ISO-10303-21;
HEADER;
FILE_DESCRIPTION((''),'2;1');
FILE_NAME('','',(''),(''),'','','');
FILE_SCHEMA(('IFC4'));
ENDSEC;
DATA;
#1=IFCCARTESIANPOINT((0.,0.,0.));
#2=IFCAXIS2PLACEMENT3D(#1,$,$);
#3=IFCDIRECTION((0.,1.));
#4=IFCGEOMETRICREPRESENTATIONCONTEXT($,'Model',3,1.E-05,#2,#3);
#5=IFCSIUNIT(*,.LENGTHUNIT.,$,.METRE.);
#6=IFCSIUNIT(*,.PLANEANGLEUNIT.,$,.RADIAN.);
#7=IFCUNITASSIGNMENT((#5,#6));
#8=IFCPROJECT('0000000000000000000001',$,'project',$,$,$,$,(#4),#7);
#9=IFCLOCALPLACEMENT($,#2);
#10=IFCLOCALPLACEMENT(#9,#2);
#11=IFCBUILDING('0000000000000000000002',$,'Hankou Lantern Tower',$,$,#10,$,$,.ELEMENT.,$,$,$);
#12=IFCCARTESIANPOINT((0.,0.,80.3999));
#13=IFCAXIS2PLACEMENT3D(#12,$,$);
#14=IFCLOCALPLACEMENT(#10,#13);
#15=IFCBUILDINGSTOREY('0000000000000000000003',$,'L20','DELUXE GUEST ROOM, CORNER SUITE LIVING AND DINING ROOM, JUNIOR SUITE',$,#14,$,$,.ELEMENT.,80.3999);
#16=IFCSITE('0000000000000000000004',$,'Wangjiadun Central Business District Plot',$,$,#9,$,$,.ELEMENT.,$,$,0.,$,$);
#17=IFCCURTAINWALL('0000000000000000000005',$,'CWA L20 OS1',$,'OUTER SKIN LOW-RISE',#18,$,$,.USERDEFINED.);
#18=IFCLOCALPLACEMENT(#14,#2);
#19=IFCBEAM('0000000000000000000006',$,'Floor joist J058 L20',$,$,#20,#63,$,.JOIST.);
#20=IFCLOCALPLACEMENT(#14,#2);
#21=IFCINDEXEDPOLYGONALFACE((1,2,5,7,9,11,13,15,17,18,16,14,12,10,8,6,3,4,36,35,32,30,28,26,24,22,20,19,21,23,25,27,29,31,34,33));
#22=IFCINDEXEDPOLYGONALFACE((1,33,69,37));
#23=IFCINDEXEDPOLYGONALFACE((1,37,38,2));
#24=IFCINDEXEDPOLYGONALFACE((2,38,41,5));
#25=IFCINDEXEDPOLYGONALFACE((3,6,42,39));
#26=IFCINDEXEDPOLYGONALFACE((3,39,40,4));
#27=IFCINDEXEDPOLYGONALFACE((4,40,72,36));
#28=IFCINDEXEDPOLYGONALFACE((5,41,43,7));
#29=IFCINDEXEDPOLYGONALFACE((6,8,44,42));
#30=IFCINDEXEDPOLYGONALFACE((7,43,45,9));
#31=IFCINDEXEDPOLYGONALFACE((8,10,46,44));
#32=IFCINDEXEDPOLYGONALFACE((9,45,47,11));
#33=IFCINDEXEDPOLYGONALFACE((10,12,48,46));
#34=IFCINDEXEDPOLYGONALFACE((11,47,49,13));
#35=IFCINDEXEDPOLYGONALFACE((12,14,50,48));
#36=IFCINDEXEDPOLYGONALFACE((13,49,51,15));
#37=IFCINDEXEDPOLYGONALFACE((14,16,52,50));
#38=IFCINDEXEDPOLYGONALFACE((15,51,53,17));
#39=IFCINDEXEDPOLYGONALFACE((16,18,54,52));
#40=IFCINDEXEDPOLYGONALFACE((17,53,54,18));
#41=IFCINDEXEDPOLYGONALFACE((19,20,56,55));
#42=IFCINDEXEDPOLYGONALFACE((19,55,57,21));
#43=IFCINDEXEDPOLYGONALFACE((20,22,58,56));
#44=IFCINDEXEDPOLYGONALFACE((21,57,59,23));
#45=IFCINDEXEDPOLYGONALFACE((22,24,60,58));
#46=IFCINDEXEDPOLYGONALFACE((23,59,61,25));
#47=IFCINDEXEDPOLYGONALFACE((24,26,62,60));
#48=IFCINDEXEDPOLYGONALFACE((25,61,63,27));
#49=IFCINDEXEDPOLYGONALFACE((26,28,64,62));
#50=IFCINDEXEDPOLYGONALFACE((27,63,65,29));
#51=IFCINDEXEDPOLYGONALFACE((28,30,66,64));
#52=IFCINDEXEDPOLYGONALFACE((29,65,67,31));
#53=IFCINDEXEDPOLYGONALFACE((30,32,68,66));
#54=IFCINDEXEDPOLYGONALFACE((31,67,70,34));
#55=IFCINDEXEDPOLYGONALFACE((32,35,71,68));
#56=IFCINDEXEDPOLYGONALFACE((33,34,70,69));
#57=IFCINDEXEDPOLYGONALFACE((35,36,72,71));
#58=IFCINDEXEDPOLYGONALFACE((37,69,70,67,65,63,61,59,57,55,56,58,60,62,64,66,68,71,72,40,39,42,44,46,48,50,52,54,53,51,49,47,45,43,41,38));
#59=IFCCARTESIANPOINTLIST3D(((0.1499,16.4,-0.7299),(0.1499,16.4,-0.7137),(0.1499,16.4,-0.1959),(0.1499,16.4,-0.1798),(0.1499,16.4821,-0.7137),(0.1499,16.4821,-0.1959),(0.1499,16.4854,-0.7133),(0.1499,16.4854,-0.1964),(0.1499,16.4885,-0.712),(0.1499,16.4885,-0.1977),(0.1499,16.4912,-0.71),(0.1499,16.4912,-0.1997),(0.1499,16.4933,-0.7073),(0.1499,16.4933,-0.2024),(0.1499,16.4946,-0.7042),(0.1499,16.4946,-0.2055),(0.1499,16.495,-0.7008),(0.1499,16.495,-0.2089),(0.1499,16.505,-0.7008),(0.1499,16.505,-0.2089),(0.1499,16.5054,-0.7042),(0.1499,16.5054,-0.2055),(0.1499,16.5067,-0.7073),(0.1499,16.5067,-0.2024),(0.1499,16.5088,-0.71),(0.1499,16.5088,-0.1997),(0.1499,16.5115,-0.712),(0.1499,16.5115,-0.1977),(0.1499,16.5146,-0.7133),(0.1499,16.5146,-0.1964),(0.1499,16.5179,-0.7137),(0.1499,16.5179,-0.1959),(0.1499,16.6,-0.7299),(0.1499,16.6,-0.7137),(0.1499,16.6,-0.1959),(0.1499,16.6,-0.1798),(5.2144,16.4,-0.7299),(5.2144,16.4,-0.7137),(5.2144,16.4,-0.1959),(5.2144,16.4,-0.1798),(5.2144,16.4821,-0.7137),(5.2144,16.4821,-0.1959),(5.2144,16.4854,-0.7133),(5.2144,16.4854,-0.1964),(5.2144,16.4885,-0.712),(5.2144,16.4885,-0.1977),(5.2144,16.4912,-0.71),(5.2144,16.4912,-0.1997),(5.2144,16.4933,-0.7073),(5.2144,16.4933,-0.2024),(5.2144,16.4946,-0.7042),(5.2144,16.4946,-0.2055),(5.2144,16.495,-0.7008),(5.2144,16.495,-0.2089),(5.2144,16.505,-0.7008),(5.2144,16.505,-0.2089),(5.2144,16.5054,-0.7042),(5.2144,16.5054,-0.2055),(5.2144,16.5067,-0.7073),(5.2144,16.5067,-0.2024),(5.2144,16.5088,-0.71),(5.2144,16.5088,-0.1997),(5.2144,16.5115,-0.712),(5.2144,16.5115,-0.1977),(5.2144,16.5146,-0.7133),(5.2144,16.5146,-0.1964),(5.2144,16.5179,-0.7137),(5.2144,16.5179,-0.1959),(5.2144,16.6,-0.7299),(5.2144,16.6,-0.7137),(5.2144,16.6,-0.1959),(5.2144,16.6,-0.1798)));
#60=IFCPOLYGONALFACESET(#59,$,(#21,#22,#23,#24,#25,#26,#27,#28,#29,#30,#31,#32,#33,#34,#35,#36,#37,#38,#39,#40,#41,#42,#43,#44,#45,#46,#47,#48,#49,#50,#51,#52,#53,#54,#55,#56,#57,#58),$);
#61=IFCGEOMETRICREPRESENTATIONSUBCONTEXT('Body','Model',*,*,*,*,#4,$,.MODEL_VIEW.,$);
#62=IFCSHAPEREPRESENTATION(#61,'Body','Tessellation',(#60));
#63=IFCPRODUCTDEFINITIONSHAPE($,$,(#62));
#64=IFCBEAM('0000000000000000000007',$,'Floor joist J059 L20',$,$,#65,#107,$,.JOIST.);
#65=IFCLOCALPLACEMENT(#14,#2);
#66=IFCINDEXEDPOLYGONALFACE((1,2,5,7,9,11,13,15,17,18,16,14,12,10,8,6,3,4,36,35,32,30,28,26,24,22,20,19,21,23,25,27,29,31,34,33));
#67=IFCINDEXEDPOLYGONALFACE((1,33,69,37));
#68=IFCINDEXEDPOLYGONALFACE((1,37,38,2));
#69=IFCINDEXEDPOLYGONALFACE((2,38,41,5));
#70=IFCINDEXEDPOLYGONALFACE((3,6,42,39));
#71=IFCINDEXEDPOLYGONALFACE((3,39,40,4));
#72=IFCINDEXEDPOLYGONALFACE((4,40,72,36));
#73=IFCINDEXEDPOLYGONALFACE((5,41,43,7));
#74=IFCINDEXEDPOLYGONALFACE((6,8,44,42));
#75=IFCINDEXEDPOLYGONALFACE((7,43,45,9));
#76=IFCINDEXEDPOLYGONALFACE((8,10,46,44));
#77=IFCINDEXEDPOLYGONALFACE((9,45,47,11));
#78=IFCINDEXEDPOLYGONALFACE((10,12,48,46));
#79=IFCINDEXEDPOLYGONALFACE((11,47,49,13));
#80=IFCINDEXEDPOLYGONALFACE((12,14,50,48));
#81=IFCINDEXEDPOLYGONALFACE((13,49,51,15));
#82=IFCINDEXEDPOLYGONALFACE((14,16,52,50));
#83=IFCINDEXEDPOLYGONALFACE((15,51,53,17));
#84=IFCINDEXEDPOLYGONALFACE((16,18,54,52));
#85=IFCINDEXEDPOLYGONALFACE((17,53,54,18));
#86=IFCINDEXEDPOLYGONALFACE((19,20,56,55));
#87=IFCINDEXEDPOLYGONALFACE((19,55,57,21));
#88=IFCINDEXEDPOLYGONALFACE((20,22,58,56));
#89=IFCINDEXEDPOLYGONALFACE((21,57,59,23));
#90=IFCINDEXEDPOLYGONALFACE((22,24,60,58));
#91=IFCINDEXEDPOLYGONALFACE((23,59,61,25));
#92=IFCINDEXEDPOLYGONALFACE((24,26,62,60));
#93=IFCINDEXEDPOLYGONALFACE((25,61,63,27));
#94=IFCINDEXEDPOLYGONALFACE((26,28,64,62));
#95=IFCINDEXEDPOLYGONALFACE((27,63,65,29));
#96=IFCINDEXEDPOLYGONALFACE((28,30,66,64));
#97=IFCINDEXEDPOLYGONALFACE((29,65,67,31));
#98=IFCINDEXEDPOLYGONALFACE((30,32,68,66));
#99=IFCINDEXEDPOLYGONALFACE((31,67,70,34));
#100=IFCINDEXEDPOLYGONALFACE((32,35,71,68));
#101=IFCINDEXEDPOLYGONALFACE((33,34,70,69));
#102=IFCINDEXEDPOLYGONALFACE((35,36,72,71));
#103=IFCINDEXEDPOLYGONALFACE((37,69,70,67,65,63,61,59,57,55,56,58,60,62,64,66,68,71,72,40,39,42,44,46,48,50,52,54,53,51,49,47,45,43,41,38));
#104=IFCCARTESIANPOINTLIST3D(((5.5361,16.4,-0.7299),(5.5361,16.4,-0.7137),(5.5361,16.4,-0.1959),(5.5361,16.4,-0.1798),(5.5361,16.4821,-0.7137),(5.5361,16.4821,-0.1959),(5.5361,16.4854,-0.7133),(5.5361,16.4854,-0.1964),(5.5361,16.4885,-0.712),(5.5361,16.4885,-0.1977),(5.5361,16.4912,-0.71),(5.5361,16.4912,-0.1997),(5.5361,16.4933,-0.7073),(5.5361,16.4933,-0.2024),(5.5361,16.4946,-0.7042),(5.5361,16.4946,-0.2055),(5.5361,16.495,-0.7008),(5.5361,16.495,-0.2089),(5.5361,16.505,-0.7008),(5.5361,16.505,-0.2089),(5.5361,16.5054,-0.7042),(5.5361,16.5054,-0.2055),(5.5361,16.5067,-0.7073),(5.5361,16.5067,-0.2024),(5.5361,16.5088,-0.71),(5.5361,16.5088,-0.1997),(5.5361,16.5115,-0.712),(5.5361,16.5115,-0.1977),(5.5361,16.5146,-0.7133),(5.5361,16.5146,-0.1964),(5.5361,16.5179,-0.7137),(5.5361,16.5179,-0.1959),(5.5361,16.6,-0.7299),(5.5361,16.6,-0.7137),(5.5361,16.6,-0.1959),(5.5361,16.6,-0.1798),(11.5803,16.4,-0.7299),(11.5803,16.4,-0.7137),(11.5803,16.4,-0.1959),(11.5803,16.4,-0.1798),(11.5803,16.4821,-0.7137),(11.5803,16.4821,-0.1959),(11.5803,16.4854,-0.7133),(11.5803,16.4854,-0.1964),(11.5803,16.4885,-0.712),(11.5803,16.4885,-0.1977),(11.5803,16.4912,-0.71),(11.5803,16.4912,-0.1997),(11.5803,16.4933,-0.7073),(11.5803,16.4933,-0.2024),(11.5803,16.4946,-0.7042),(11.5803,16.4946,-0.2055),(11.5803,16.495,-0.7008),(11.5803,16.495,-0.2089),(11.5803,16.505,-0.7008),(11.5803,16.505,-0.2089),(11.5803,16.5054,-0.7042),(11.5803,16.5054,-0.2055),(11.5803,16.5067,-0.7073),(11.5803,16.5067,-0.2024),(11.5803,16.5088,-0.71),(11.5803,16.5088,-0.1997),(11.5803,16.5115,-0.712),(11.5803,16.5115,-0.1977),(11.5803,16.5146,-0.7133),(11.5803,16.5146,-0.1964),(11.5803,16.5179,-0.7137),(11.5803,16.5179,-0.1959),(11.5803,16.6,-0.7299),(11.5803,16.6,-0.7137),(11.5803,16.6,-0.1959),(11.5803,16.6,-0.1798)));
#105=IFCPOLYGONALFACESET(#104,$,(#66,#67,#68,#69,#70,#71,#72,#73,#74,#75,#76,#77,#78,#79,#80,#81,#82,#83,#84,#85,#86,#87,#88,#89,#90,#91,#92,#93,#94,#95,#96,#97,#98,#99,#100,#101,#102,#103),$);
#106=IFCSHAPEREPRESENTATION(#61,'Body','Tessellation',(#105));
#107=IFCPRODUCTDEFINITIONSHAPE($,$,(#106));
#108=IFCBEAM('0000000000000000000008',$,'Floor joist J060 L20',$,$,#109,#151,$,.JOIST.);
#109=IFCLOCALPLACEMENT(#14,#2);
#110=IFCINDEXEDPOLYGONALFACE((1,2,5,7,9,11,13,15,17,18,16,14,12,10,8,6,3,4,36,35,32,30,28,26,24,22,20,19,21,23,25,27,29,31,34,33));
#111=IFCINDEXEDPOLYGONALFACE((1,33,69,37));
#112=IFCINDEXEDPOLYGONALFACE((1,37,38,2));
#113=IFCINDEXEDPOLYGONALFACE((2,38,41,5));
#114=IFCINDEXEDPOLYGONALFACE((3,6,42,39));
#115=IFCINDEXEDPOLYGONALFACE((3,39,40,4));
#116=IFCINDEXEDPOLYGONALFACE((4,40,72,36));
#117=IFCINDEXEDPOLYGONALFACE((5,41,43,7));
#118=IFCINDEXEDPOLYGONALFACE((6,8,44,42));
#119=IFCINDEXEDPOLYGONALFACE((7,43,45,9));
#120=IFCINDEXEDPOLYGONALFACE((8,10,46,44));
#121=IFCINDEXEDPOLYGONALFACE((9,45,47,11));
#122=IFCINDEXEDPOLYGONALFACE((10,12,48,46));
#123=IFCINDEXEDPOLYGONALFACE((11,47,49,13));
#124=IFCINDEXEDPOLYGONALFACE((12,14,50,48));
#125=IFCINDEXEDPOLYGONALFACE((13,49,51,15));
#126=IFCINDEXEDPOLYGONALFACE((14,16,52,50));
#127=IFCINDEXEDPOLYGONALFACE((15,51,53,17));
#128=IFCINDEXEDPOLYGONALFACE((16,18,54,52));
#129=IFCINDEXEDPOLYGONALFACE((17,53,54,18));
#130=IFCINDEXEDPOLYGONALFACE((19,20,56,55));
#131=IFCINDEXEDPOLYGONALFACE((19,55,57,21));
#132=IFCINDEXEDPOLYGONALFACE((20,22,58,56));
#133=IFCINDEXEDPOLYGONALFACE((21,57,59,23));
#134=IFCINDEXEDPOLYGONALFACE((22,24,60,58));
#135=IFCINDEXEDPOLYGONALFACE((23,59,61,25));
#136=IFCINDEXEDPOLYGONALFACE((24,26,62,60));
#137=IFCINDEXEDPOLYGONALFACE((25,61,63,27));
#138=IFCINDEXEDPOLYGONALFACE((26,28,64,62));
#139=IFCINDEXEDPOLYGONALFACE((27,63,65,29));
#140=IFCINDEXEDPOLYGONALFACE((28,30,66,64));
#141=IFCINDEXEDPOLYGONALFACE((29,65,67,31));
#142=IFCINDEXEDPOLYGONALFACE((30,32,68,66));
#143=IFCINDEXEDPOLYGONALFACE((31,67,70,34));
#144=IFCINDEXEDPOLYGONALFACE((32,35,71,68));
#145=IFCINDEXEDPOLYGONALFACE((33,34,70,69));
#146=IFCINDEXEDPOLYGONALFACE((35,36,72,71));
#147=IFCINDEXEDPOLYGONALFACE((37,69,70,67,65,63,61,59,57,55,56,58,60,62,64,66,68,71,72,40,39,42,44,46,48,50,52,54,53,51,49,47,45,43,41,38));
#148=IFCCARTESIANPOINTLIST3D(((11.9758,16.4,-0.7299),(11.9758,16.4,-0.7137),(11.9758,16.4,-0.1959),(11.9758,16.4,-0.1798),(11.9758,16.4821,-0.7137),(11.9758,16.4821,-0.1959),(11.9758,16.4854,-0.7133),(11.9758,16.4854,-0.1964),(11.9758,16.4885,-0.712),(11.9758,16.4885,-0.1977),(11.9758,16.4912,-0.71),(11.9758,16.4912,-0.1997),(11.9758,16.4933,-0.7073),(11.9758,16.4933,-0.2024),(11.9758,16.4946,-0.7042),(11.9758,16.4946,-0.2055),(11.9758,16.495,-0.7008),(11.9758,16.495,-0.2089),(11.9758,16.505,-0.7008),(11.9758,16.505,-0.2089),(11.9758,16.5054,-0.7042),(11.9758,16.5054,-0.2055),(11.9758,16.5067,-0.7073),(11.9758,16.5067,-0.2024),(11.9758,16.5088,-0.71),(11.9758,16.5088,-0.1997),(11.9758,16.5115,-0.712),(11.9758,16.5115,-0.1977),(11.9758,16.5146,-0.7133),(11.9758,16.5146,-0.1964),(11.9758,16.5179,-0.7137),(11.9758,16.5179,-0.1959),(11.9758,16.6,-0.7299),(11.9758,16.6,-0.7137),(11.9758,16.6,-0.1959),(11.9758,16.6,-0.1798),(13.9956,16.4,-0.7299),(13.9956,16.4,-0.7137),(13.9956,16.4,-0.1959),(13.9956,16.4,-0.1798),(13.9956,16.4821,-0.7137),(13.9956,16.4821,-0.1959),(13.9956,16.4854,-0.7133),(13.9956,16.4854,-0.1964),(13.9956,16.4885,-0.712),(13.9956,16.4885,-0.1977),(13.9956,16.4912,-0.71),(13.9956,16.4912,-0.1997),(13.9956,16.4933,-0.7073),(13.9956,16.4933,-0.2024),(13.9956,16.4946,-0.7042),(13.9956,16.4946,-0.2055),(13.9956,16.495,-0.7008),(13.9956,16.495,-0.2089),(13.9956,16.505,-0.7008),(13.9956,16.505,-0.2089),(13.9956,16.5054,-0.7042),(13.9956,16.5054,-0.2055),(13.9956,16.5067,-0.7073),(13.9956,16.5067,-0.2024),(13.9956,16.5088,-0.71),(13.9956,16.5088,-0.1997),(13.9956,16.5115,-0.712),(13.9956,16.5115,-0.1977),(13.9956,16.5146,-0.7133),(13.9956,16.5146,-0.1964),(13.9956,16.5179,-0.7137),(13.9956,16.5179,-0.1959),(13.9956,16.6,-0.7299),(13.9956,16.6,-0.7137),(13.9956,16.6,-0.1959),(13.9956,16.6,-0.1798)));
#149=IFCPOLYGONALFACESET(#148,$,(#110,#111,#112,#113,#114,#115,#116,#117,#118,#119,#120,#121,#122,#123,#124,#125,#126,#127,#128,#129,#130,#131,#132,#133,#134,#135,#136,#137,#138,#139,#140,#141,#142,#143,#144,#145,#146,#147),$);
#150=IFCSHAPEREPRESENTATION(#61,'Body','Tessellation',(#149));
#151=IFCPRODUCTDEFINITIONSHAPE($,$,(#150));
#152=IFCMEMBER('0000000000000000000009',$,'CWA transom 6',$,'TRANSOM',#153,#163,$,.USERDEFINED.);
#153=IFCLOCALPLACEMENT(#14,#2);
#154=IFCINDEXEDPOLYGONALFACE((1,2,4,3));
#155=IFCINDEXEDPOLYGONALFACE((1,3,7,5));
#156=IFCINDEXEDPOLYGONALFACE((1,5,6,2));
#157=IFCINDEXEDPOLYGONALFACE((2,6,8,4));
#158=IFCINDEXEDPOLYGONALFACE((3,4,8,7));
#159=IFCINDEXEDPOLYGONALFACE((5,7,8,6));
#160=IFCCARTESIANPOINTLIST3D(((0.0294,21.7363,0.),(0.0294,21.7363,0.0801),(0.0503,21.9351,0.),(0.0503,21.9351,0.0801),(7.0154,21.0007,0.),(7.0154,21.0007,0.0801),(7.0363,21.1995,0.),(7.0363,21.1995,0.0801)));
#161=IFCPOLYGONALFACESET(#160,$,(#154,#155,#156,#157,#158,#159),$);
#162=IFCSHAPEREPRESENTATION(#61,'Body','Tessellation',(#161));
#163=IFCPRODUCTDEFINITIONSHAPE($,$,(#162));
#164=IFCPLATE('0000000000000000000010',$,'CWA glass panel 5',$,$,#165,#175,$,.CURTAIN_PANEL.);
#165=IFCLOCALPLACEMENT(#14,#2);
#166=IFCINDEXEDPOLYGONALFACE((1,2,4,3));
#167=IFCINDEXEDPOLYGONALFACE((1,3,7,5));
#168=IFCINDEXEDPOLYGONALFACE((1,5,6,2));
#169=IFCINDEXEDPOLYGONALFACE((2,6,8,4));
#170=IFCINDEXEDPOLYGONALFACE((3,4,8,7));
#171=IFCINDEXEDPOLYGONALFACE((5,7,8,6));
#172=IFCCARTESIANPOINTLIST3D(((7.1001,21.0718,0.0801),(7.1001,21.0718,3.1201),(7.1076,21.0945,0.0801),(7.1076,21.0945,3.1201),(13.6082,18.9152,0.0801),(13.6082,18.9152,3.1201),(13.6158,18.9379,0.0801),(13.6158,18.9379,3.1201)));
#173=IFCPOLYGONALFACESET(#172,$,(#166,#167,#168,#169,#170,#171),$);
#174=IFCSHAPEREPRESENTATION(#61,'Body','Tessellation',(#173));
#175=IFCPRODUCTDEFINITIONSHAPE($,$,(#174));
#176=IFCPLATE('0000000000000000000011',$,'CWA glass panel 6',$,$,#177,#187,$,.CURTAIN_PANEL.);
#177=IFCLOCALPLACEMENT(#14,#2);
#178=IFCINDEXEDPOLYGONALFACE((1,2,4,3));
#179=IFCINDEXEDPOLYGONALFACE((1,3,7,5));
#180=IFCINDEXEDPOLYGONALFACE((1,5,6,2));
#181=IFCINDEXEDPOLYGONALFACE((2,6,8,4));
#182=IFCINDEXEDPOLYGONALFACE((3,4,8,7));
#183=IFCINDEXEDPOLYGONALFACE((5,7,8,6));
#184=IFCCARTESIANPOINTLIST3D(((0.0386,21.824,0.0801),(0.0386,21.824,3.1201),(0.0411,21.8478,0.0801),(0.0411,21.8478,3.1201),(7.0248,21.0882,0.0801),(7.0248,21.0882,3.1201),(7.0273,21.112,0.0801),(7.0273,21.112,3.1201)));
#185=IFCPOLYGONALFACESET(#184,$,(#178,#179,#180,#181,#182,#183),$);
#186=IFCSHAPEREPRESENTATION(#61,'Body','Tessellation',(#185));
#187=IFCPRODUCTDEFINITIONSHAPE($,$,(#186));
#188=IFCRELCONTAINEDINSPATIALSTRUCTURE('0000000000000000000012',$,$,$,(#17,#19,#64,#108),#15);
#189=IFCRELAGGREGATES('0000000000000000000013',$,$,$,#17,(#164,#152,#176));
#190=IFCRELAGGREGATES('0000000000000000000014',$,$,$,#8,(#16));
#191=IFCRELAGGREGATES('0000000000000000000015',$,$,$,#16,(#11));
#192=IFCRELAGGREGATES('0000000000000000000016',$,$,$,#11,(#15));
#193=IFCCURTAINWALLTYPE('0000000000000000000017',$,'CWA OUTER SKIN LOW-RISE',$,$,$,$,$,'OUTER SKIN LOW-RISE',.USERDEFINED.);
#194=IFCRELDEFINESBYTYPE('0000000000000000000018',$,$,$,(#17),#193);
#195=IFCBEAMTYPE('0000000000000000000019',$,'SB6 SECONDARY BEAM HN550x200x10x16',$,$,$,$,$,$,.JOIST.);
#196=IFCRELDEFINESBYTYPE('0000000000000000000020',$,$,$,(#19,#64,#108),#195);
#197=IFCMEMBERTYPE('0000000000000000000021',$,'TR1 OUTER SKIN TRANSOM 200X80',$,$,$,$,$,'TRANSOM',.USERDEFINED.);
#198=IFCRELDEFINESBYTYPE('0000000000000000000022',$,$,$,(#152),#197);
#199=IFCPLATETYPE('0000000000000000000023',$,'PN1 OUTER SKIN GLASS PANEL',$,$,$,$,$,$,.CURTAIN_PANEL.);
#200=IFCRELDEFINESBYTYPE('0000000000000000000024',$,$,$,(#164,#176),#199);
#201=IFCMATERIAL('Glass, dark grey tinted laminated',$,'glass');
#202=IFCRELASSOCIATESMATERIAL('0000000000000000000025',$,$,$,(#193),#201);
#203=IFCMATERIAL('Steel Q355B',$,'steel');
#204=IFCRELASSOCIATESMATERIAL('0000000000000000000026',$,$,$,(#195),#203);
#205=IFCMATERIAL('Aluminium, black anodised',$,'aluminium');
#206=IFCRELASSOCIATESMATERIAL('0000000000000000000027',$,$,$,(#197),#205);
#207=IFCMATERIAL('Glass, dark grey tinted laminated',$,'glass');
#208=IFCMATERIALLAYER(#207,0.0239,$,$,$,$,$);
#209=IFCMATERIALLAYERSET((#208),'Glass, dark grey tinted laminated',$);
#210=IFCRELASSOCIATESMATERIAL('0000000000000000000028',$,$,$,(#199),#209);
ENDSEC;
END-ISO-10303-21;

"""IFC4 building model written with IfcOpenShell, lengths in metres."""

from ifc_helpers import new_model, si_unit, direction, frame, origin, origin_2d, place, context, subcontext, project, spatial, rectangle, i_section, extrude, material, layer, layer_set, material_profile, profile_set, type_object, element, aggregate, save


model = new_model("IFC4")

# Units and contexts
model_context = context("Model", 3, precision=1e-05, world=origin(), true_north=direction((0.0, 1.0)))
body_context = subcontext(model_context, "Body", "Model", "MODEL_VIEW")
ifc_project = project(units=[si_unit("LENGTHUNIT", "METRE"), si_unit("PLANEANGLEUNIT", "RADIAN")], contexts=[model_context])

# Site, building, storey
site_placement = place(None, origin())
site = spatial("IfcSite", under=ifc_project, at=site_placement, Name="Wangjiadun Central Business District Plot", CompositionType="ELEMENT", RefElevation=0.0)
building_placement = place(site_placement, origin())
building = spatial("IfcBuilding", under=site, at=building_placement, Name="Hankou Lantern Tower", CompositionType="ELEMENT")
storey_placement = place(building_placement, frame((0.0, 0.0, 80.3999)))
storey = spatial("IfcBuildingStorey", under=building, at=storey_placement, Name="L20", Description="DELUXE GUEST ROOM, CORNER SUITE LIVING AND DINING ROOM, JUNIOR SUITE", CompositionType="ELEMENT", Elevation=80.3999)

# Curtain wall
ifc_material_1 = material(Name="Glass, dark grey tinted laminated", Category="glass")
curtain_wall_type = type_object("IfcCurtainWallType", Name="CWA OUTER SKIN LOW-RISE", ElementType="OUTER SKIN LOW-RISE", PredefinedType="USERDEFINED", material=ifc_material_1)
curtain_wall_1_placement = place(storey_placement, origin())
curtain_wall_1 = element("IfcCurtainWall", 1, at=curtain_wall_1_placement, inside=storey, type_object=curtain_wall_type, Name="CWA L20 OS1", ObjectType="OUTER SKIN LOW-RISE", PredefinedType="USERDEFINED")

# Beams
ifc_material_2 = material(Name="Steel Q355B", Category="steel")
ifc_material_profile_1 = material_profile(ifc_material_2, i_section(OverallWidth=0.2, OverallDepth=0.55, WebThickness=0.01, FlangeThickness=0.0161, FilletRadius=0.0129, at=origin_2d()), Name="HN550x200x10x16")
ifc_profile_set_1 = profile_set([ifc_material_profile_1], Name="Steel Q355B")
beam_type_1 = type_object("IfcBeamType", Name="SB6 SECONDARY BEAM HN550x200x10x16", PredefinedType="JOIST", material=ifc_profile_set_1)
beam_1_placement = place(storey_placement, frame((0.1499, 16.5, -0.4548), z_axis=(1.0, 0.0, 0.0), x_axis=(0.0, 1.0, 0.0)))
element("IfcBeam", 2, at=beam_1_placement, inside=storey, type_object=beam_type_1, Name="Floor joist J058 L20", PredefinedType="JOIST", context=body_context, shape_type="SweptSolid", body=[
    extrude(i_section(OverallWidth=0.2, OverallDepth=0.55, WebThickness=0.01, FlangeThickness=0.0161, FilletRadius=0.0129, at=origin_2d()), origin(), (0.0, 0.0, 1.0), 5.0645),
])
beam_2_placement = place(storey_placement, frame((5.5361, 16.5, -0.4548), z_axis=(1.0, 0.0, 0.0), x_axis=(0.0, 1.0, 0.0)))
element("IfcBeam", 3, at=beam_2_placement, inside=storey, type_object=beam_type_1, Name="Floor joist J059 L20", PredefinedType="JOIST", context=body_context, shape_type="SweptSolid", body=[
    extrude(i_section(OverallWidth=0.2, OverallDepth=0.55, WebThickness=0.01, FlangeThickness=0.0161, FilletRadius=0.0129, at=origin_2d()), origin(), (0.0, 0.0, 1.0), 6.0442),
])
beam_3_placement = place(storey_placement, frame((11.9758, 16.5, -0.4548), z_axis=(1.0, 0.0, 0.0), x_axis=(0.0, 1.0, 0.0)))
element("IfcBeam", 4, at=beam_3_placement, inside=storey, type_object=beam_type_1, Name="Floor joist J060 L20", PredefinedType="JOIST", context=body_context, shape_type="SweptSolid", body=[
    extrude(i_section(OverallWidth=0.2, OverallDepth=0.55, WebThickness=0.01, FlangeThickness=0.0161, FilletRadius=0.0129, at=origin_2d()), origin(), (0.0, 0.0, 1.0), 2.0198),
])

# Member
ifc_material_3 = material(Name="Aluminium, black anodised", Category="aluminium")
ifc_material_profile_2 = material_profile(ifc_material_3, rectangle(XDim=0.2, YDim=0.0801, at=origin_2d()), Name="TR1 200X80")
ifc_profile_set_2 = profile_set([ifc_material_profile_2], Name="Aluminium, black anodised")
member_type_1 = type_object("IfcMemberType", Name="TR1 OUTER SKIN TRANSOM 200X80", ElementType="TRANSOM", PredefinedType="USERDEFINED", material=ifc_profile_set_2)
member_1_placement = place(storey_placement, frame((7.0259, 21.1001, 0.04), z_axis=(-0.994502, 0.104716, 0.0), x_axis=(-0.104716, -0.994502, 0.0)))
member_1 = element("IfcMember", 5, at=member_1_placement, type_object=member_type_1, Name="CWA transom 6", ObjectType="TRANSOM", PredefinedType="USERDEFINED", context=body_context, shape_type="SweptSolid", body=[
    extrude(rectangle(XDim=0.2, YDim=0.0801, at=origin_2d()), origin(), (0.0, 0.0, 1.0), 7.0247),
])

# Plates
ifc_material_4 = material(Name="Glass, dark grey tinted laminated", Category="glass")
ifc_layer_1 = layer(ifc_material_4, 0.0239)
ifc_layer_set_1 = layer_set([ifc_layer_1], Name="Glass, dark grey tinted laminated")
plate_type = type_object("IfcPlateType", Name="PN1 OUTER SKIN GLASS PANEL", PredefinedType="CURTAIN_PANEL", material=ifc_layer_set_1)
plate_1_placement = place(storey_placement, frame((10.3579, 20.0049, 0.0801), z_axis=(0.0, 0.0, 1.0), x_axis=(-0.949241, 0.314551, 0.0)))
plate_1 = element("IfcPlate", 6, at=plate_1_placement, type_object=plate_type, Name="CWA glass panel 5", PredefinedType="CURTAIN_PANEL", context=body_context, shape_type="SweptSolid", body=[
    extrude(rectangle(XDim=6.8562, YDim=0.0239, at=origin_2d()), origin(), (0.0, 0.0, 1.0), 3.04),
])
plate_2_placement = place(storey_placement, frame((3.533, 21.468, 0.0801), z_axis=(0.0, 0.0, 1.0), x_axis=(-0.994499, 0.104743, 0.0)))
plate_2 = element("IfcPlate", 7, at=plate_2_placement, type_object=plate_type, Name="CWA glass panel 6", PredefinedType="CURTAIN_PANEL", context=body_context, shape_type="SweptSolid", body=[
    extrude(rectangle(XDim=7.0249, YDim=0.0239, at=origin_2d()), origin(), (0.0, 0.0, 1.0), 3.04),
])
aggregate(curtain_wall_1, [plate_1, member_1, plate_2])

save(model, "model.ifc")
